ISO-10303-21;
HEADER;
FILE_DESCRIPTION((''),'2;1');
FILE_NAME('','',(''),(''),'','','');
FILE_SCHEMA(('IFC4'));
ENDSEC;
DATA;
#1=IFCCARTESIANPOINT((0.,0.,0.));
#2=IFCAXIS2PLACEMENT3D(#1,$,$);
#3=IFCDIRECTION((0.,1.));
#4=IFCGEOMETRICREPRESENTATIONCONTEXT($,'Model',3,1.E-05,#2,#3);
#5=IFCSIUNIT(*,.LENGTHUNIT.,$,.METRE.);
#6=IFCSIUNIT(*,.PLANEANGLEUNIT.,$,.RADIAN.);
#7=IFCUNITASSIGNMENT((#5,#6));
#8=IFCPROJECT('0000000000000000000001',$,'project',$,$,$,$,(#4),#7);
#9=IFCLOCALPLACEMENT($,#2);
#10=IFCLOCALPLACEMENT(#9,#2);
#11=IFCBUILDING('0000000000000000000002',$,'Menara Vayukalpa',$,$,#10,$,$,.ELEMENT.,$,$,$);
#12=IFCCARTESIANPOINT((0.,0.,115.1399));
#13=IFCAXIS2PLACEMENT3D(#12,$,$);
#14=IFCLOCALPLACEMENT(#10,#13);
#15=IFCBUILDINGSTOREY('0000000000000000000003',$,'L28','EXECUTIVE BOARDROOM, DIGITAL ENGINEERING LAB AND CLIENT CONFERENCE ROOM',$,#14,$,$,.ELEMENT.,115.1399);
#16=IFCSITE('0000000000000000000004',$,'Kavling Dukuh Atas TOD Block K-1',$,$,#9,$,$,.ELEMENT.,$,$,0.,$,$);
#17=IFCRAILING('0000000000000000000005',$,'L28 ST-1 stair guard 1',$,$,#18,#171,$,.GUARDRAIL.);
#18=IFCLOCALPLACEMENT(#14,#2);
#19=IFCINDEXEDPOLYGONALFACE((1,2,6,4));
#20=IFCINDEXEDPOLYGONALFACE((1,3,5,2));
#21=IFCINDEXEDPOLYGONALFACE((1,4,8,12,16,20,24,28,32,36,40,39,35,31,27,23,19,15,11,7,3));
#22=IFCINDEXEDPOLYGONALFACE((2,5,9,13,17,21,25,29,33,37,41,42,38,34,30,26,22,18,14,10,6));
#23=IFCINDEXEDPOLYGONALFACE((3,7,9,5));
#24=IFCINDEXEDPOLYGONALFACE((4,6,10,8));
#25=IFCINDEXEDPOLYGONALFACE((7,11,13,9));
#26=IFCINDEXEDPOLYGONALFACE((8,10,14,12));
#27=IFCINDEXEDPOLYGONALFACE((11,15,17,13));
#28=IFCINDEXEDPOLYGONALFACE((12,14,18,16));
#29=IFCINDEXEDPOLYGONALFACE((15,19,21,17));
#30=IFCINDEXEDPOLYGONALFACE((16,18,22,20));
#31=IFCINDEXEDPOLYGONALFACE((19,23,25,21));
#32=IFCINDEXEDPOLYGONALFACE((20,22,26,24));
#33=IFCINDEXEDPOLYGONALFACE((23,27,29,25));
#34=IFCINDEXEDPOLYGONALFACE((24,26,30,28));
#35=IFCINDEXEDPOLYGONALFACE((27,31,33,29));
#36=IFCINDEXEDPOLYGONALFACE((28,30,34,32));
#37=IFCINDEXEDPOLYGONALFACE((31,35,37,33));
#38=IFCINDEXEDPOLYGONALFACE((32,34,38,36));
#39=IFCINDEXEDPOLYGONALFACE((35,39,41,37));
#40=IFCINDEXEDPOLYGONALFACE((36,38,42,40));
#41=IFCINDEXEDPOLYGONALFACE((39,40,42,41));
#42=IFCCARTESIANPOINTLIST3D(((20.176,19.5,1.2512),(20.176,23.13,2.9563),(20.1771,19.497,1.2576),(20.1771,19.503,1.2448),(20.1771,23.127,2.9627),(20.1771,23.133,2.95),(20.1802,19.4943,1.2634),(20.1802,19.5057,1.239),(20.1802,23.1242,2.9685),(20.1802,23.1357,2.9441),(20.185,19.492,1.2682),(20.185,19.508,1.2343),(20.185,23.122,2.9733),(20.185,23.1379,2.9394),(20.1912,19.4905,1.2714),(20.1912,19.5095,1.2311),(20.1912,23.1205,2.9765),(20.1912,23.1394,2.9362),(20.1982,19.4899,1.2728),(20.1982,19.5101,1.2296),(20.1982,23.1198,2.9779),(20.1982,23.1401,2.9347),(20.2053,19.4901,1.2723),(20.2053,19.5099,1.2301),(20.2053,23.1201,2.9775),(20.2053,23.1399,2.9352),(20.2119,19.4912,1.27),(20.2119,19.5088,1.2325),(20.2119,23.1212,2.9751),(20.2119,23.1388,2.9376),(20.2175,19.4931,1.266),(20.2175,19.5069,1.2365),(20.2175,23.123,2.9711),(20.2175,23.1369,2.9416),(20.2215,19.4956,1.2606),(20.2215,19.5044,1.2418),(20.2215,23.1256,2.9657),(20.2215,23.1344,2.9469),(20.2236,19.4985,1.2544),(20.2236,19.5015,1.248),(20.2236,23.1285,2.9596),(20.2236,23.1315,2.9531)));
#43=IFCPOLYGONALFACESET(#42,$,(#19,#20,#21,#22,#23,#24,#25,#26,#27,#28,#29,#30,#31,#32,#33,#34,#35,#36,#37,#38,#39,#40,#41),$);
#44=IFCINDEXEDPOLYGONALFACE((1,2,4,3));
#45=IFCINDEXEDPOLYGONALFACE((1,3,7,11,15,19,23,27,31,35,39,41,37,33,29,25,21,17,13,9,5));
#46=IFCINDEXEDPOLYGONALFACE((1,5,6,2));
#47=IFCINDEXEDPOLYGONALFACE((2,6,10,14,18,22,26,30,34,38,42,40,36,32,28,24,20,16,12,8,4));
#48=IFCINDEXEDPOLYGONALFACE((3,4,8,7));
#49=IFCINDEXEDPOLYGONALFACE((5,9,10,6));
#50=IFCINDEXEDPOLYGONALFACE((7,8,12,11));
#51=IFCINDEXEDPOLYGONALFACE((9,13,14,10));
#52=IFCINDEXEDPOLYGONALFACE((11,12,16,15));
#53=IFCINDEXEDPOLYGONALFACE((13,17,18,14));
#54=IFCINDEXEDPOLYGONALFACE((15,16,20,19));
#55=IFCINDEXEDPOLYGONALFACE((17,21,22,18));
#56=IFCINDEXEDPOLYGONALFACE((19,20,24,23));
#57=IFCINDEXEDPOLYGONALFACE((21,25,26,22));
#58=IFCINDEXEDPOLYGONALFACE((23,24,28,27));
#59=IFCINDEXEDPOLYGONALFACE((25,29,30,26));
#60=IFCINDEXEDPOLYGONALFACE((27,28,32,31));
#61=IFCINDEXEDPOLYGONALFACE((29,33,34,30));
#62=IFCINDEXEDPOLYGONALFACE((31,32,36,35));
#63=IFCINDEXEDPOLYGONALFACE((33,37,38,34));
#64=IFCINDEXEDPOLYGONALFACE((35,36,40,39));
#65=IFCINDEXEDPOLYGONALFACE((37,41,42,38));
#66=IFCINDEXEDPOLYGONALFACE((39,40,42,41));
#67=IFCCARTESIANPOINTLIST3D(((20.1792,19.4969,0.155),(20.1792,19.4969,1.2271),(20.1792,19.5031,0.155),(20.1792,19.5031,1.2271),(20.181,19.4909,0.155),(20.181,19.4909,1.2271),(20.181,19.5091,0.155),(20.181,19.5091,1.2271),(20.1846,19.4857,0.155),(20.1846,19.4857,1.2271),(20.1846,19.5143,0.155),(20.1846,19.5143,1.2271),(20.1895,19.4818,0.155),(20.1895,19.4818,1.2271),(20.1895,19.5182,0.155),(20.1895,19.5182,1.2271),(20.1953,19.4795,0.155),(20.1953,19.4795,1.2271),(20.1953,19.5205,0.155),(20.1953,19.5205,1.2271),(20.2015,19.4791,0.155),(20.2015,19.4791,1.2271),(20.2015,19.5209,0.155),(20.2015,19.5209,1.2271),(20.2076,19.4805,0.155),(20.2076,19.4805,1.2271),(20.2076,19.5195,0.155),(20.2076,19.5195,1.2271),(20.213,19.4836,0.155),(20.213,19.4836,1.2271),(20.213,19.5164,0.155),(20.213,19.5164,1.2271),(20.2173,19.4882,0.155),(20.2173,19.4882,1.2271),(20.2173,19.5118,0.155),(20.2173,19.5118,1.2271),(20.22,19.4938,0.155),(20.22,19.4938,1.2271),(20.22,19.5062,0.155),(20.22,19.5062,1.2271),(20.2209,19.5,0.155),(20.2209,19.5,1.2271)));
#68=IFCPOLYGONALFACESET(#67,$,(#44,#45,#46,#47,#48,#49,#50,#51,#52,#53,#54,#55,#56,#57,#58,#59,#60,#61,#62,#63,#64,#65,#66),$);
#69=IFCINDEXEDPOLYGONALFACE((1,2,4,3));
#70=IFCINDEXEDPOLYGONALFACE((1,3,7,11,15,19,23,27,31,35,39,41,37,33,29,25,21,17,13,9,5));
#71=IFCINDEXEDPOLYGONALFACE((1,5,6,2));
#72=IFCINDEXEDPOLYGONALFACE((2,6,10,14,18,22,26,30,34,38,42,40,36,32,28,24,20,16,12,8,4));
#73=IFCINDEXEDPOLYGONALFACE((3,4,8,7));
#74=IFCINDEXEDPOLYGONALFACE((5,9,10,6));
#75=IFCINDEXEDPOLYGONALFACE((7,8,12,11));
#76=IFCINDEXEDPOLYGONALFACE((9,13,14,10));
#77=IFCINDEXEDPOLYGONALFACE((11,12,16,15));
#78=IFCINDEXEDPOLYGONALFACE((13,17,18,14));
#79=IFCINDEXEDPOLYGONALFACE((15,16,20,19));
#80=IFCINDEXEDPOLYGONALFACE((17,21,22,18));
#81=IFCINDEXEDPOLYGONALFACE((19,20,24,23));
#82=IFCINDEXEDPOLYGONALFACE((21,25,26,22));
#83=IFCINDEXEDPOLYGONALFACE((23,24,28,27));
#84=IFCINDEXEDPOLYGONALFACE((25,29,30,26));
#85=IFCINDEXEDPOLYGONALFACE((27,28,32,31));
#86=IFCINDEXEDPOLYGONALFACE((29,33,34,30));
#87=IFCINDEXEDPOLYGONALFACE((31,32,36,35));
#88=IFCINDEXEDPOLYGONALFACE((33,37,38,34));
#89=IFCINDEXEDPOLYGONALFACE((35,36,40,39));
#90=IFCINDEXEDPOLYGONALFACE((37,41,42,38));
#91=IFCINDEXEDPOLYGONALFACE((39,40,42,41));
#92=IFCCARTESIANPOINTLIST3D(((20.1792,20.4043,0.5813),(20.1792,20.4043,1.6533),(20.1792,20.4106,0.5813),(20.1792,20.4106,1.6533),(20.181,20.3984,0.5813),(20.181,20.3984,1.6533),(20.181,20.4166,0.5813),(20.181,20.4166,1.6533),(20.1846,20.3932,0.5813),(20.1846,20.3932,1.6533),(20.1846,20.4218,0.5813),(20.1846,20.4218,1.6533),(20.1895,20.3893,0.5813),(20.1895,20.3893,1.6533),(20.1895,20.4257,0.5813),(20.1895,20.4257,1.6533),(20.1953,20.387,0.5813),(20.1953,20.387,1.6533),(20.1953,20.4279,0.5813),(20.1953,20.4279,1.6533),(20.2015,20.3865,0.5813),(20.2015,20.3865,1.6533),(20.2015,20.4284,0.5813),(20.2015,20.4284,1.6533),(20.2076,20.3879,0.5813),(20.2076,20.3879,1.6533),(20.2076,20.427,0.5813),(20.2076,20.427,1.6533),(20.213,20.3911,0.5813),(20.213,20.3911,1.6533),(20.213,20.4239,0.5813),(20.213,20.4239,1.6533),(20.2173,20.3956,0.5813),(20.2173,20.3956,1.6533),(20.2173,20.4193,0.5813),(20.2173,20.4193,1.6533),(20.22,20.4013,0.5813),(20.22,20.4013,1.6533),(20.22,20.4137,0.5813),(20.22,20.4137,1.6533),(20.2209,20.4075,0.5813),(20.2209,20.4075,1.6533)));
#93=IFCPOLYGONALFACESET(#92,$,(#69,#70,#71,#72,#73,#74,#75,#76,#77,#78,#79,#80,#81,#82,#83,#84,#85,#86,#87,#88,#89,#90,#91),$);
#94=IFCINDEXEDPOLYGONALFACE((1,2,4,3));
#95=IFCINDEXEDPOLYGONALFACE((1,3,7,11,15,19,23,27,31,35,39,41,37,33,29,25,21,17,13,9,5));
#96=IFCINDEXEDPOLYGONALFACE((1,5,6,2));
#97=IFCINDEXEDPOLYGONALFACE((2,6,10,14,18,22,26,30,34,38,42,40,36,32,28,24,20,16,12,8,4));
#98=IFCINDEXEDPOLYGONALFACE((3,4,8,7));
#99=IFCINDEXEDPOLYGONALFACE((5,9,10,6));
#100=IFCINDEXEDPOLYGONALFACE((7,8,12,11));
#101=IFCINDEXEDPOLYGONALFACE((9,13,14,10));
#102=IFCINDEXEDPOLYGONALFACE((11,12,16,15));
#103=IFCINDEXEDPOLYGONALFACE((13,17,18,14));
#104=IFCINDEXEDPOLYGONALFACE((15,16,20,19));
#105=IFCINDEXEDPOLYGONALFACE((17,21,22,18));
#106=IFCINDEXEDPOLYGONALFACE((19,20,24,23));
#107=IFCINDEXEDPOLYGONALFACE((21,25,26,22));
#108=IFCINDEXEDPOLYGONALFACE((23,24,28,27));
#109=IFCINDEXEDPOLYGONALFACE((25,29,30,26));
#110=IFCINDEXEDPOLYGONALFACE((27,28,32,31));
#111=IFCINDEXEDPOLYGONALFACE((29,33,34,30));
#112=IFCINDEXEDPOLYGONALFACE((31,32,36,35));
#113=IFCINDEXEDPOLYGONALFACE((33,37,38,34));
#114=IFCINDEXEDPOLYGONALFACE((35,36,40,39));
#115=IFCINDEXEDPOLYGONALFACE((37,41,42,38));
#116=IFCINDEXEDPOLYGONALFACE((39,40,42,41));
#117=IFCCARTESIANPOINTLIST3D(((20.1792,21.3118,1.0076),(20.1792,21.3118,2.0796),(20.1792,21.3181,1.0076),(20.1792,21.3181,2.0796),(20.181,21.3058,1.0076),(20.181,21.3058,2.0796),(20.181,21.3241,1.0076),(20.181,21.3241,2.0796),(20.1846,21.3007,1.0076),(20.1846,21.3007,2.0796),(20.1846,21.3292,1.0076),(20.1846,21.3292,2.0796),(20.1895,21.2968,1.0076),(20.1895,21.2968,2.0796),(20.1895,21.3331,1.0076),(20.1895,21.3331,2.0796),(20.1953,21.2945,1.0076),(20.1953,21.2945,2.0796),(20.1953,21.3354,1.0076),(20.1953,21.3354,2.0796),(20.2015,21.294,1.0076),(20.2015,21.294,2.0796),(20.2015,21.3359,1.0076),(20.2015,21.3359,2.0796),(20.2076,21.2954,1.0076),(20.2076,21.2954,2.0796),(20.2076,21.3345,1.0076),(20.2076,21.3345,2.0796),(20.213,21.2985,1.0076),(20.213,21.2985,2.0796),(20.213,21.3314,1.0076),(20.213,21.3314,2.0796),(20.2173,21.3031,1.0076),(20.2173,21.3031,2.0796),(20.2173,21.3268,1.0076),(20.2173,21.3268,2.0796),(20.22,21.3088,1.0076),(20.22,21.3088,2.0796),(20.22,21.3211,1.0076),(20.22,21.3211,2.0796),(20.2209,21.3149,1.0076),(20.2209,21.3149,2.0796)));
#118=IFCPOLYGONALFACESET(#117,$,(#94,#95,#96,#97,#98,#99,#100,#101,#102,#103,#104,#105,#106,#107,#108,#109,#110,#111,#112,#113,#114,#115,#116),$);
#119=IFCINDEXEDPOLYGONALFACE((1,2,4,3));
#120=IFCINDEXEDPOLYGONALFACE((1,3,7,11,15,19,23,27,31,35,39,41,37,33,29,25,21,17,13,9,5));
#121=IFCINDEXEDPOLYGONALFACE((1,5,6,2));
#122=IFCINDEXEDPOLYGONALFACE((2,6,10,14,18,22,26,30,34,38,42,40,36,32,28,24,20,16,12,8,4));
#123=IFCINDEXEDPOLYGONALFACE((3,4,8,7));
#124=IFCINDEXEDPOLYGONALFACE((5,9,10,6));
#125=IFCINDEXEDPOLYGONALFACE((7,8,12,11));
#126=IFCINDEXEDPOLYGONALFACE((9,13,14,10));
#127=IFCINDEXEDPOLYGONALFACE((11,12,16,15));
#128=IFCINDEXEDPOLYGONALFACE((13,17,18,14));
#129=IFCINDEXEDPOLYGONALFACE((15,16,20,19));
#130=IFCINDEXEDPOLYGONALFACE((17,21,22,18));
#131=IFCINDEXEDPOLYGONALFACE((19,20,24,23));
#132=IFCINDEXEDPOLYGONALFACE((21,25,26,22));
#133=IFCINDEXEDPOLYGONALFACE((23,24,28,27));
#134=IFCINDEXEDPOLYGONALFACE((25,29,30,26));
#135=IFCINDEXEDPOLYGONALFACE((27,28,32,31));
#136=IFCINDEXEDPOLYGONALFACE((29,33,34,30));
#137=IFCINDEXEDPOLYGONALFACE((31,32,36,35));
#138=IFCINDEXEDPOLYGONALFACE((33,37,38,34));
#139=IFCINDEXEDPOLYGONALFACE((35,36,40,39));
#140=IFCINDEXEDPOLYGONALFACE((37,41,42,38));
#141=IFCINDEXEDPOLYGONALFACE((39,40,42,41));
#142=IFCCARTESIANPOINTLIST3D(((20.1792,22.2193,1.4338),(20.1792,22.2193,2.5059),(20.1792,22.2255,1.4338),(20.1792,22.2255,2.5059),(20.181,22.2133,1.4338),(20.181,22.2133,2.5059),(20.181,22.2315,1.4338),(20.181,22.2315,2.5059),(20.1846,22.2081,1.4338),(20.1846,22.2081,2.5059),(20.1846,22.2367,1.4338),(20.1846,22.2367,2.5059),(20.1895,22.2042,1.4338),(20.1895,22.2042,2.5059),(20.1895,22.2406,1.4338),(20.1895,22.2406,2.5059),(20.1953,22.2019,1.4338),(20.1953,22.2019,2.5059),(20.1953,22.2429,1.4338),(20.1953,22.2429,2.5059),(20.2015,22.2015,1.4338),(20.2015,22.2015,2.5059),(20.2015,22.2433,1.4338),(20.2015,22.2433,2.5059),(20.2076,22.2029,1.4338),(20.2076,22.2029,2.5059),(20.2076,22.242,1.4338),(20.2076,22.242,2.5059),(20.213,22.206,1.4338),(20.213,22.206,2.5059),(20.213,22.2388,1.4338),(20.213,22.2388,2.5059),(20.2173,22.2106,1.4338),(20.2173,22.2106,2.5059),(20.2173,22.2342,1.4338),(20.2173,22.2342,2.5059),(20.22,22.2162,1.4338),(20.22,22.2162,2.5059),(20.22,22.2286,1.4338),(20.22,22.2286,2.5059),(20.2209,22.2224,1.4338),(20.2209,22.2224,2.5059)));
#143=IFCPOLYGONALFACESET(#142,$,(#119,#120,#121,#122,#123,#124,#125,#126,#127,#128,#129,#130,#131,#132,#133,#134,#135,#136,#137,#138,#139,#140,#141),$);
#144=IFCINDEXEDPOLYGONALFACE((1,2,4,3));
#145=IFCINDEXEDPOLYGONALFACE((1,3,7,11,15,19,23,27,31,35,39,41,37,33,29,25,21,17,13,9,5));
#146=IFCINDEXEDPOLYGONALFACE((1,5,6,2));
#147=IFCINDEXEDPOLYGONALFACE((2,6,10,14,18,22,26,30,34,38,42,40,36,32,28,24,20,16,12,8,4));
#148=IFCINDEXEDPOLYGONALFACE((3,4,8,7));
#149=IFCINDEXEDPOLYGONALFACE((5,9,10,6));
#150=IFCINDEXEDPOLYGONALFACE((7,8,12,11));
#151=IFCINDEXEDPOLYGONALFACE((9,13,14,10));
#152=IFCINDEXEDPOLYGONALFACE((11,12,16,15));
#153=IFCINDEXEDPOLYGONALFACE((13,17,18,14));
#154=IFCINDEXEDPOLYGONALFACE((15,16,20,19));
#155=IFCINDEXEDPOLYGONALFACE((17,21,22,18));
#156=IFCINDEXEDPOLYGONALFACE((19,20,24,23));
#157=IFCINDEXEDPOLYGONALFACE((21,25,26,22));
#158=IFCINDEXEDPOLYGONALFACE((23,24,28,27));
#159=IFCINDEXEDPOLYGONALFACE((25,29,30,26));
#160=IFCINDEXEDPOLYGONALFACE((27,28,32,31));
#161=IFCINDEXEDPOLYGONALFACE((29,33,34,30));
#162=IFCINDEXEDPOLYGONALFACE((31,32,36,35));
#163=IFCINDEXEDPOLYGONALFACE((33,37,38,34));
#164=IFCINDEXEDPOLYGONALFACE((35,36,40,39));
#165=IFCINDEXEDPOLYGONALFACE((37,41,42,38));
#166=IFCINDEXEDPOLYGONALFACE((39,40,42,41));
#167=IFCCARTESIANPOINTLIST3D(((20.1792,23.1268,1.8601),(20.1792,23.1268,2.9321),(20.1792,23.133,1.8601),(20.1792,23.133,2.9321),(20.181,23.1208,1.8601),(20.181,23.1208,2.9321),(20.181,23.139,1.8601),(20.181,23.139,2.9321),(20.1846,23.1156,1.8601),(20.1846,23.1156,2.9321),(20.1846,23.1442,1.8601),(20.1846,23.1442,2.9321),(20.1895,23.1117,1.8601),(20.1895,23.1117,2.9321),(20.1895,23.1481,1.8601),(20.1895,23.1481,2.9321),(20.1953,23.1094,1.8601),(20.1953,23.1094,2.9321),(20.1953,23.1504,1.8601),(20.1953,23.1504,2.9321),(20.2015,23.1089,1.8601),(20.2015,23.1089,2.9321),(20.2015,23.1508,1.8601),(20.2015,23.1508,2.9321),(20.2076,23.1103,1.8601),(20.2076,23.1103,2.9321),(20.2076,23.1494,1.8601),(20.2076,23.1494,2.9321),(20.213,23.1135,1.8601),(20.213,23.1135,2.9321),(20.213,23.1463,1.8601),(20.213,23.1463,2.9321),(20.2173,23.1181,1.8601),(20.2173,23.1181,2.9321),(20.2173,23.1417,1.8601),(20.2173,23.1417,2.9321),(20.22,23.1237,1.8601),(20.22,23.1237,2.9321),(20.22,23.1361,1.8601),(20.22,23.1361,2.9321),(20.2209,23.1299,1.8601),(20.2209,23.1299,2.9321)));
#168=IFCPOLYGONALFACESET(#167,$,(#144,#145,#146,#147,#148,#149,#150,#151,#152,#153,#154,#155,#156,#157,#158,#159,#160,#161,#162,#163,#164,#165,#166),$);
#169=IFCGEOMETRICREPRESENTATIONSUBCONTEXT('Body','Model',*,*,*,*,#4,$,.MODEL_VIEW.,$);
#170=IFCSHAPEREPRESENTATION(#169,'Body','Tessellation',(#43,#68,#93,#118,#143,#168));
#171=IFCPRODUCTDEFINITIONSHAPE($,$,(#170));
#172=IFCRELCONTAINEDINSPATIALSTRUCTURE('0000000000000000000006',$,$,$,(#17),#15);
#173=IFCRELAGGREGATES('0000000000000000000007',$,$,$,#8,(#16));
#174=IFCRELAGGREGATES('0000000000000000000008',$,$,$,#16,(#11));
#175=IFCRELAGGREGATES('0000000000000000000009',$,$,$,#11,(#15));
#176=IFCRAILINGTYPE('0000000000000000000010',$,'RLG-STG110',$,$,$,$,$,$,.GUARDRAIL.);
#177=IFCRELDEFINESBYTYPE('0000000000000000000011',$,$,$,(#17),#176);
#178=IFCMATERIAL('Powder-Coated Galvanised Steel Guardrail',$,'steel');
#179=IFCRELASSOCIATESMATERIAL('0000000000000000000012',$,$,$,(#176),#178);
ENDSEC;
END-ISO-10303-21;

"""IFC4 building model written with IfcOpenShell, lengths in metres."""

from ifc_helpers import new_model, si_unit, direction, frame, origin, origin_2d, place, context, subcontext, project, spatial, circle, extrude, material, type_object, element, save


model = new_model("IFC4")

# Units and contexts
model_context = context("Model", 3, precision=1e-05, world=origin(), true_north=direction((0.0, 1.0)))
body_context = subcontext(model_context, "Body", "Model", "MODEL_VIEW")
ifc_project = project(units=[si_unit("LENGTHUNIT", "METRE"), si_unit("PLANEANGLEUNIT", "RADIAN")], contexts=[model_context])

# Site, building, storey
site_placement = place(None, origin())
site = spatial("IfcSite", under=ifc_project, at=site_placement, Name="Kavling Dukuh Atas TOD Block K-1", CompositionType="ELEMENT", RefElevation=0.0)
building_placement = place(site_placement, origin())
building = spatial("IfcBuilding", under=site, at=building_placement, Name="Menara Vayukalpa", CompositionType="ELEMENT")
storey_placement = place(building_placement, frame((0.0, 0.0, 115.1399)))
storey = spatial("IfcBuildingStorey", under=building, at=storey_placement, Name="L28", Description="EXECUTIVE BOARDROOM, DIGITAL ENGINEERING LAB AND CLIENT CONFERENCE ROOM", CompositionType="ELEMENT", Elevation=115.1399)

# Railing
ifc_material_1 = material(Name="Powder-Coated Galvanised Steel Guardrail", Category="steel")
railing_type_1 = type_object("IfcRailingType", Name="RLG-STG110", PredefinedType="GUARDRAIL", material=ifc_material_1)
railing_1_placement = place(storey_placement, frame((20.2, 19.5, 0.155)))
element("IfcRailing", 1, at=railing_1_placement, inside=storey, type_object=railing_type_1, Name="L28 ST-1 stair guard 1", PredefinedType="GUARDRAIL", context=body_context, shape_type="SweptSolid", body=[
    extrude(circle(Radius=0.0239, at=origin_2d()), frame((0.0, 0.0, 1.0962), z_axis=(0.0, 0.905116, 0.425164), x_axis=(-1.0, 0.0, 0.0)), (0.0, 0.0, 1.0), 4.0105),
    extrude(circle(Radius=0.021, at=origin_2d()), origin(), (0.0, 0.0, 1.0), 1.072),
    extrude(circle(Radius=0.021, at=origin_2d()), frame((0.0, 0.9075, 0.4263)), (0.0, 0.0, 1.0), 1.072),
    extrude(circle(Radius=0.021, at=origin_2d()), frame((0.0, 1.8149, 0.8525)), (0.0, 0.0, 1.0), 1.072),
    extrude(circle(Radius=0.021, at=origin_2d()), frame((0.0, 2.7224, 1.2788)), (0.0, 0.0, 1.0), 1.072),
    extrude(circle(Radius=0.021, at=origin_2d()), frame((0.0, 3.6299, 1.7051)), (0.0, 0.0, 1.0), 1.072),
])

save(model, "model.ifc")
